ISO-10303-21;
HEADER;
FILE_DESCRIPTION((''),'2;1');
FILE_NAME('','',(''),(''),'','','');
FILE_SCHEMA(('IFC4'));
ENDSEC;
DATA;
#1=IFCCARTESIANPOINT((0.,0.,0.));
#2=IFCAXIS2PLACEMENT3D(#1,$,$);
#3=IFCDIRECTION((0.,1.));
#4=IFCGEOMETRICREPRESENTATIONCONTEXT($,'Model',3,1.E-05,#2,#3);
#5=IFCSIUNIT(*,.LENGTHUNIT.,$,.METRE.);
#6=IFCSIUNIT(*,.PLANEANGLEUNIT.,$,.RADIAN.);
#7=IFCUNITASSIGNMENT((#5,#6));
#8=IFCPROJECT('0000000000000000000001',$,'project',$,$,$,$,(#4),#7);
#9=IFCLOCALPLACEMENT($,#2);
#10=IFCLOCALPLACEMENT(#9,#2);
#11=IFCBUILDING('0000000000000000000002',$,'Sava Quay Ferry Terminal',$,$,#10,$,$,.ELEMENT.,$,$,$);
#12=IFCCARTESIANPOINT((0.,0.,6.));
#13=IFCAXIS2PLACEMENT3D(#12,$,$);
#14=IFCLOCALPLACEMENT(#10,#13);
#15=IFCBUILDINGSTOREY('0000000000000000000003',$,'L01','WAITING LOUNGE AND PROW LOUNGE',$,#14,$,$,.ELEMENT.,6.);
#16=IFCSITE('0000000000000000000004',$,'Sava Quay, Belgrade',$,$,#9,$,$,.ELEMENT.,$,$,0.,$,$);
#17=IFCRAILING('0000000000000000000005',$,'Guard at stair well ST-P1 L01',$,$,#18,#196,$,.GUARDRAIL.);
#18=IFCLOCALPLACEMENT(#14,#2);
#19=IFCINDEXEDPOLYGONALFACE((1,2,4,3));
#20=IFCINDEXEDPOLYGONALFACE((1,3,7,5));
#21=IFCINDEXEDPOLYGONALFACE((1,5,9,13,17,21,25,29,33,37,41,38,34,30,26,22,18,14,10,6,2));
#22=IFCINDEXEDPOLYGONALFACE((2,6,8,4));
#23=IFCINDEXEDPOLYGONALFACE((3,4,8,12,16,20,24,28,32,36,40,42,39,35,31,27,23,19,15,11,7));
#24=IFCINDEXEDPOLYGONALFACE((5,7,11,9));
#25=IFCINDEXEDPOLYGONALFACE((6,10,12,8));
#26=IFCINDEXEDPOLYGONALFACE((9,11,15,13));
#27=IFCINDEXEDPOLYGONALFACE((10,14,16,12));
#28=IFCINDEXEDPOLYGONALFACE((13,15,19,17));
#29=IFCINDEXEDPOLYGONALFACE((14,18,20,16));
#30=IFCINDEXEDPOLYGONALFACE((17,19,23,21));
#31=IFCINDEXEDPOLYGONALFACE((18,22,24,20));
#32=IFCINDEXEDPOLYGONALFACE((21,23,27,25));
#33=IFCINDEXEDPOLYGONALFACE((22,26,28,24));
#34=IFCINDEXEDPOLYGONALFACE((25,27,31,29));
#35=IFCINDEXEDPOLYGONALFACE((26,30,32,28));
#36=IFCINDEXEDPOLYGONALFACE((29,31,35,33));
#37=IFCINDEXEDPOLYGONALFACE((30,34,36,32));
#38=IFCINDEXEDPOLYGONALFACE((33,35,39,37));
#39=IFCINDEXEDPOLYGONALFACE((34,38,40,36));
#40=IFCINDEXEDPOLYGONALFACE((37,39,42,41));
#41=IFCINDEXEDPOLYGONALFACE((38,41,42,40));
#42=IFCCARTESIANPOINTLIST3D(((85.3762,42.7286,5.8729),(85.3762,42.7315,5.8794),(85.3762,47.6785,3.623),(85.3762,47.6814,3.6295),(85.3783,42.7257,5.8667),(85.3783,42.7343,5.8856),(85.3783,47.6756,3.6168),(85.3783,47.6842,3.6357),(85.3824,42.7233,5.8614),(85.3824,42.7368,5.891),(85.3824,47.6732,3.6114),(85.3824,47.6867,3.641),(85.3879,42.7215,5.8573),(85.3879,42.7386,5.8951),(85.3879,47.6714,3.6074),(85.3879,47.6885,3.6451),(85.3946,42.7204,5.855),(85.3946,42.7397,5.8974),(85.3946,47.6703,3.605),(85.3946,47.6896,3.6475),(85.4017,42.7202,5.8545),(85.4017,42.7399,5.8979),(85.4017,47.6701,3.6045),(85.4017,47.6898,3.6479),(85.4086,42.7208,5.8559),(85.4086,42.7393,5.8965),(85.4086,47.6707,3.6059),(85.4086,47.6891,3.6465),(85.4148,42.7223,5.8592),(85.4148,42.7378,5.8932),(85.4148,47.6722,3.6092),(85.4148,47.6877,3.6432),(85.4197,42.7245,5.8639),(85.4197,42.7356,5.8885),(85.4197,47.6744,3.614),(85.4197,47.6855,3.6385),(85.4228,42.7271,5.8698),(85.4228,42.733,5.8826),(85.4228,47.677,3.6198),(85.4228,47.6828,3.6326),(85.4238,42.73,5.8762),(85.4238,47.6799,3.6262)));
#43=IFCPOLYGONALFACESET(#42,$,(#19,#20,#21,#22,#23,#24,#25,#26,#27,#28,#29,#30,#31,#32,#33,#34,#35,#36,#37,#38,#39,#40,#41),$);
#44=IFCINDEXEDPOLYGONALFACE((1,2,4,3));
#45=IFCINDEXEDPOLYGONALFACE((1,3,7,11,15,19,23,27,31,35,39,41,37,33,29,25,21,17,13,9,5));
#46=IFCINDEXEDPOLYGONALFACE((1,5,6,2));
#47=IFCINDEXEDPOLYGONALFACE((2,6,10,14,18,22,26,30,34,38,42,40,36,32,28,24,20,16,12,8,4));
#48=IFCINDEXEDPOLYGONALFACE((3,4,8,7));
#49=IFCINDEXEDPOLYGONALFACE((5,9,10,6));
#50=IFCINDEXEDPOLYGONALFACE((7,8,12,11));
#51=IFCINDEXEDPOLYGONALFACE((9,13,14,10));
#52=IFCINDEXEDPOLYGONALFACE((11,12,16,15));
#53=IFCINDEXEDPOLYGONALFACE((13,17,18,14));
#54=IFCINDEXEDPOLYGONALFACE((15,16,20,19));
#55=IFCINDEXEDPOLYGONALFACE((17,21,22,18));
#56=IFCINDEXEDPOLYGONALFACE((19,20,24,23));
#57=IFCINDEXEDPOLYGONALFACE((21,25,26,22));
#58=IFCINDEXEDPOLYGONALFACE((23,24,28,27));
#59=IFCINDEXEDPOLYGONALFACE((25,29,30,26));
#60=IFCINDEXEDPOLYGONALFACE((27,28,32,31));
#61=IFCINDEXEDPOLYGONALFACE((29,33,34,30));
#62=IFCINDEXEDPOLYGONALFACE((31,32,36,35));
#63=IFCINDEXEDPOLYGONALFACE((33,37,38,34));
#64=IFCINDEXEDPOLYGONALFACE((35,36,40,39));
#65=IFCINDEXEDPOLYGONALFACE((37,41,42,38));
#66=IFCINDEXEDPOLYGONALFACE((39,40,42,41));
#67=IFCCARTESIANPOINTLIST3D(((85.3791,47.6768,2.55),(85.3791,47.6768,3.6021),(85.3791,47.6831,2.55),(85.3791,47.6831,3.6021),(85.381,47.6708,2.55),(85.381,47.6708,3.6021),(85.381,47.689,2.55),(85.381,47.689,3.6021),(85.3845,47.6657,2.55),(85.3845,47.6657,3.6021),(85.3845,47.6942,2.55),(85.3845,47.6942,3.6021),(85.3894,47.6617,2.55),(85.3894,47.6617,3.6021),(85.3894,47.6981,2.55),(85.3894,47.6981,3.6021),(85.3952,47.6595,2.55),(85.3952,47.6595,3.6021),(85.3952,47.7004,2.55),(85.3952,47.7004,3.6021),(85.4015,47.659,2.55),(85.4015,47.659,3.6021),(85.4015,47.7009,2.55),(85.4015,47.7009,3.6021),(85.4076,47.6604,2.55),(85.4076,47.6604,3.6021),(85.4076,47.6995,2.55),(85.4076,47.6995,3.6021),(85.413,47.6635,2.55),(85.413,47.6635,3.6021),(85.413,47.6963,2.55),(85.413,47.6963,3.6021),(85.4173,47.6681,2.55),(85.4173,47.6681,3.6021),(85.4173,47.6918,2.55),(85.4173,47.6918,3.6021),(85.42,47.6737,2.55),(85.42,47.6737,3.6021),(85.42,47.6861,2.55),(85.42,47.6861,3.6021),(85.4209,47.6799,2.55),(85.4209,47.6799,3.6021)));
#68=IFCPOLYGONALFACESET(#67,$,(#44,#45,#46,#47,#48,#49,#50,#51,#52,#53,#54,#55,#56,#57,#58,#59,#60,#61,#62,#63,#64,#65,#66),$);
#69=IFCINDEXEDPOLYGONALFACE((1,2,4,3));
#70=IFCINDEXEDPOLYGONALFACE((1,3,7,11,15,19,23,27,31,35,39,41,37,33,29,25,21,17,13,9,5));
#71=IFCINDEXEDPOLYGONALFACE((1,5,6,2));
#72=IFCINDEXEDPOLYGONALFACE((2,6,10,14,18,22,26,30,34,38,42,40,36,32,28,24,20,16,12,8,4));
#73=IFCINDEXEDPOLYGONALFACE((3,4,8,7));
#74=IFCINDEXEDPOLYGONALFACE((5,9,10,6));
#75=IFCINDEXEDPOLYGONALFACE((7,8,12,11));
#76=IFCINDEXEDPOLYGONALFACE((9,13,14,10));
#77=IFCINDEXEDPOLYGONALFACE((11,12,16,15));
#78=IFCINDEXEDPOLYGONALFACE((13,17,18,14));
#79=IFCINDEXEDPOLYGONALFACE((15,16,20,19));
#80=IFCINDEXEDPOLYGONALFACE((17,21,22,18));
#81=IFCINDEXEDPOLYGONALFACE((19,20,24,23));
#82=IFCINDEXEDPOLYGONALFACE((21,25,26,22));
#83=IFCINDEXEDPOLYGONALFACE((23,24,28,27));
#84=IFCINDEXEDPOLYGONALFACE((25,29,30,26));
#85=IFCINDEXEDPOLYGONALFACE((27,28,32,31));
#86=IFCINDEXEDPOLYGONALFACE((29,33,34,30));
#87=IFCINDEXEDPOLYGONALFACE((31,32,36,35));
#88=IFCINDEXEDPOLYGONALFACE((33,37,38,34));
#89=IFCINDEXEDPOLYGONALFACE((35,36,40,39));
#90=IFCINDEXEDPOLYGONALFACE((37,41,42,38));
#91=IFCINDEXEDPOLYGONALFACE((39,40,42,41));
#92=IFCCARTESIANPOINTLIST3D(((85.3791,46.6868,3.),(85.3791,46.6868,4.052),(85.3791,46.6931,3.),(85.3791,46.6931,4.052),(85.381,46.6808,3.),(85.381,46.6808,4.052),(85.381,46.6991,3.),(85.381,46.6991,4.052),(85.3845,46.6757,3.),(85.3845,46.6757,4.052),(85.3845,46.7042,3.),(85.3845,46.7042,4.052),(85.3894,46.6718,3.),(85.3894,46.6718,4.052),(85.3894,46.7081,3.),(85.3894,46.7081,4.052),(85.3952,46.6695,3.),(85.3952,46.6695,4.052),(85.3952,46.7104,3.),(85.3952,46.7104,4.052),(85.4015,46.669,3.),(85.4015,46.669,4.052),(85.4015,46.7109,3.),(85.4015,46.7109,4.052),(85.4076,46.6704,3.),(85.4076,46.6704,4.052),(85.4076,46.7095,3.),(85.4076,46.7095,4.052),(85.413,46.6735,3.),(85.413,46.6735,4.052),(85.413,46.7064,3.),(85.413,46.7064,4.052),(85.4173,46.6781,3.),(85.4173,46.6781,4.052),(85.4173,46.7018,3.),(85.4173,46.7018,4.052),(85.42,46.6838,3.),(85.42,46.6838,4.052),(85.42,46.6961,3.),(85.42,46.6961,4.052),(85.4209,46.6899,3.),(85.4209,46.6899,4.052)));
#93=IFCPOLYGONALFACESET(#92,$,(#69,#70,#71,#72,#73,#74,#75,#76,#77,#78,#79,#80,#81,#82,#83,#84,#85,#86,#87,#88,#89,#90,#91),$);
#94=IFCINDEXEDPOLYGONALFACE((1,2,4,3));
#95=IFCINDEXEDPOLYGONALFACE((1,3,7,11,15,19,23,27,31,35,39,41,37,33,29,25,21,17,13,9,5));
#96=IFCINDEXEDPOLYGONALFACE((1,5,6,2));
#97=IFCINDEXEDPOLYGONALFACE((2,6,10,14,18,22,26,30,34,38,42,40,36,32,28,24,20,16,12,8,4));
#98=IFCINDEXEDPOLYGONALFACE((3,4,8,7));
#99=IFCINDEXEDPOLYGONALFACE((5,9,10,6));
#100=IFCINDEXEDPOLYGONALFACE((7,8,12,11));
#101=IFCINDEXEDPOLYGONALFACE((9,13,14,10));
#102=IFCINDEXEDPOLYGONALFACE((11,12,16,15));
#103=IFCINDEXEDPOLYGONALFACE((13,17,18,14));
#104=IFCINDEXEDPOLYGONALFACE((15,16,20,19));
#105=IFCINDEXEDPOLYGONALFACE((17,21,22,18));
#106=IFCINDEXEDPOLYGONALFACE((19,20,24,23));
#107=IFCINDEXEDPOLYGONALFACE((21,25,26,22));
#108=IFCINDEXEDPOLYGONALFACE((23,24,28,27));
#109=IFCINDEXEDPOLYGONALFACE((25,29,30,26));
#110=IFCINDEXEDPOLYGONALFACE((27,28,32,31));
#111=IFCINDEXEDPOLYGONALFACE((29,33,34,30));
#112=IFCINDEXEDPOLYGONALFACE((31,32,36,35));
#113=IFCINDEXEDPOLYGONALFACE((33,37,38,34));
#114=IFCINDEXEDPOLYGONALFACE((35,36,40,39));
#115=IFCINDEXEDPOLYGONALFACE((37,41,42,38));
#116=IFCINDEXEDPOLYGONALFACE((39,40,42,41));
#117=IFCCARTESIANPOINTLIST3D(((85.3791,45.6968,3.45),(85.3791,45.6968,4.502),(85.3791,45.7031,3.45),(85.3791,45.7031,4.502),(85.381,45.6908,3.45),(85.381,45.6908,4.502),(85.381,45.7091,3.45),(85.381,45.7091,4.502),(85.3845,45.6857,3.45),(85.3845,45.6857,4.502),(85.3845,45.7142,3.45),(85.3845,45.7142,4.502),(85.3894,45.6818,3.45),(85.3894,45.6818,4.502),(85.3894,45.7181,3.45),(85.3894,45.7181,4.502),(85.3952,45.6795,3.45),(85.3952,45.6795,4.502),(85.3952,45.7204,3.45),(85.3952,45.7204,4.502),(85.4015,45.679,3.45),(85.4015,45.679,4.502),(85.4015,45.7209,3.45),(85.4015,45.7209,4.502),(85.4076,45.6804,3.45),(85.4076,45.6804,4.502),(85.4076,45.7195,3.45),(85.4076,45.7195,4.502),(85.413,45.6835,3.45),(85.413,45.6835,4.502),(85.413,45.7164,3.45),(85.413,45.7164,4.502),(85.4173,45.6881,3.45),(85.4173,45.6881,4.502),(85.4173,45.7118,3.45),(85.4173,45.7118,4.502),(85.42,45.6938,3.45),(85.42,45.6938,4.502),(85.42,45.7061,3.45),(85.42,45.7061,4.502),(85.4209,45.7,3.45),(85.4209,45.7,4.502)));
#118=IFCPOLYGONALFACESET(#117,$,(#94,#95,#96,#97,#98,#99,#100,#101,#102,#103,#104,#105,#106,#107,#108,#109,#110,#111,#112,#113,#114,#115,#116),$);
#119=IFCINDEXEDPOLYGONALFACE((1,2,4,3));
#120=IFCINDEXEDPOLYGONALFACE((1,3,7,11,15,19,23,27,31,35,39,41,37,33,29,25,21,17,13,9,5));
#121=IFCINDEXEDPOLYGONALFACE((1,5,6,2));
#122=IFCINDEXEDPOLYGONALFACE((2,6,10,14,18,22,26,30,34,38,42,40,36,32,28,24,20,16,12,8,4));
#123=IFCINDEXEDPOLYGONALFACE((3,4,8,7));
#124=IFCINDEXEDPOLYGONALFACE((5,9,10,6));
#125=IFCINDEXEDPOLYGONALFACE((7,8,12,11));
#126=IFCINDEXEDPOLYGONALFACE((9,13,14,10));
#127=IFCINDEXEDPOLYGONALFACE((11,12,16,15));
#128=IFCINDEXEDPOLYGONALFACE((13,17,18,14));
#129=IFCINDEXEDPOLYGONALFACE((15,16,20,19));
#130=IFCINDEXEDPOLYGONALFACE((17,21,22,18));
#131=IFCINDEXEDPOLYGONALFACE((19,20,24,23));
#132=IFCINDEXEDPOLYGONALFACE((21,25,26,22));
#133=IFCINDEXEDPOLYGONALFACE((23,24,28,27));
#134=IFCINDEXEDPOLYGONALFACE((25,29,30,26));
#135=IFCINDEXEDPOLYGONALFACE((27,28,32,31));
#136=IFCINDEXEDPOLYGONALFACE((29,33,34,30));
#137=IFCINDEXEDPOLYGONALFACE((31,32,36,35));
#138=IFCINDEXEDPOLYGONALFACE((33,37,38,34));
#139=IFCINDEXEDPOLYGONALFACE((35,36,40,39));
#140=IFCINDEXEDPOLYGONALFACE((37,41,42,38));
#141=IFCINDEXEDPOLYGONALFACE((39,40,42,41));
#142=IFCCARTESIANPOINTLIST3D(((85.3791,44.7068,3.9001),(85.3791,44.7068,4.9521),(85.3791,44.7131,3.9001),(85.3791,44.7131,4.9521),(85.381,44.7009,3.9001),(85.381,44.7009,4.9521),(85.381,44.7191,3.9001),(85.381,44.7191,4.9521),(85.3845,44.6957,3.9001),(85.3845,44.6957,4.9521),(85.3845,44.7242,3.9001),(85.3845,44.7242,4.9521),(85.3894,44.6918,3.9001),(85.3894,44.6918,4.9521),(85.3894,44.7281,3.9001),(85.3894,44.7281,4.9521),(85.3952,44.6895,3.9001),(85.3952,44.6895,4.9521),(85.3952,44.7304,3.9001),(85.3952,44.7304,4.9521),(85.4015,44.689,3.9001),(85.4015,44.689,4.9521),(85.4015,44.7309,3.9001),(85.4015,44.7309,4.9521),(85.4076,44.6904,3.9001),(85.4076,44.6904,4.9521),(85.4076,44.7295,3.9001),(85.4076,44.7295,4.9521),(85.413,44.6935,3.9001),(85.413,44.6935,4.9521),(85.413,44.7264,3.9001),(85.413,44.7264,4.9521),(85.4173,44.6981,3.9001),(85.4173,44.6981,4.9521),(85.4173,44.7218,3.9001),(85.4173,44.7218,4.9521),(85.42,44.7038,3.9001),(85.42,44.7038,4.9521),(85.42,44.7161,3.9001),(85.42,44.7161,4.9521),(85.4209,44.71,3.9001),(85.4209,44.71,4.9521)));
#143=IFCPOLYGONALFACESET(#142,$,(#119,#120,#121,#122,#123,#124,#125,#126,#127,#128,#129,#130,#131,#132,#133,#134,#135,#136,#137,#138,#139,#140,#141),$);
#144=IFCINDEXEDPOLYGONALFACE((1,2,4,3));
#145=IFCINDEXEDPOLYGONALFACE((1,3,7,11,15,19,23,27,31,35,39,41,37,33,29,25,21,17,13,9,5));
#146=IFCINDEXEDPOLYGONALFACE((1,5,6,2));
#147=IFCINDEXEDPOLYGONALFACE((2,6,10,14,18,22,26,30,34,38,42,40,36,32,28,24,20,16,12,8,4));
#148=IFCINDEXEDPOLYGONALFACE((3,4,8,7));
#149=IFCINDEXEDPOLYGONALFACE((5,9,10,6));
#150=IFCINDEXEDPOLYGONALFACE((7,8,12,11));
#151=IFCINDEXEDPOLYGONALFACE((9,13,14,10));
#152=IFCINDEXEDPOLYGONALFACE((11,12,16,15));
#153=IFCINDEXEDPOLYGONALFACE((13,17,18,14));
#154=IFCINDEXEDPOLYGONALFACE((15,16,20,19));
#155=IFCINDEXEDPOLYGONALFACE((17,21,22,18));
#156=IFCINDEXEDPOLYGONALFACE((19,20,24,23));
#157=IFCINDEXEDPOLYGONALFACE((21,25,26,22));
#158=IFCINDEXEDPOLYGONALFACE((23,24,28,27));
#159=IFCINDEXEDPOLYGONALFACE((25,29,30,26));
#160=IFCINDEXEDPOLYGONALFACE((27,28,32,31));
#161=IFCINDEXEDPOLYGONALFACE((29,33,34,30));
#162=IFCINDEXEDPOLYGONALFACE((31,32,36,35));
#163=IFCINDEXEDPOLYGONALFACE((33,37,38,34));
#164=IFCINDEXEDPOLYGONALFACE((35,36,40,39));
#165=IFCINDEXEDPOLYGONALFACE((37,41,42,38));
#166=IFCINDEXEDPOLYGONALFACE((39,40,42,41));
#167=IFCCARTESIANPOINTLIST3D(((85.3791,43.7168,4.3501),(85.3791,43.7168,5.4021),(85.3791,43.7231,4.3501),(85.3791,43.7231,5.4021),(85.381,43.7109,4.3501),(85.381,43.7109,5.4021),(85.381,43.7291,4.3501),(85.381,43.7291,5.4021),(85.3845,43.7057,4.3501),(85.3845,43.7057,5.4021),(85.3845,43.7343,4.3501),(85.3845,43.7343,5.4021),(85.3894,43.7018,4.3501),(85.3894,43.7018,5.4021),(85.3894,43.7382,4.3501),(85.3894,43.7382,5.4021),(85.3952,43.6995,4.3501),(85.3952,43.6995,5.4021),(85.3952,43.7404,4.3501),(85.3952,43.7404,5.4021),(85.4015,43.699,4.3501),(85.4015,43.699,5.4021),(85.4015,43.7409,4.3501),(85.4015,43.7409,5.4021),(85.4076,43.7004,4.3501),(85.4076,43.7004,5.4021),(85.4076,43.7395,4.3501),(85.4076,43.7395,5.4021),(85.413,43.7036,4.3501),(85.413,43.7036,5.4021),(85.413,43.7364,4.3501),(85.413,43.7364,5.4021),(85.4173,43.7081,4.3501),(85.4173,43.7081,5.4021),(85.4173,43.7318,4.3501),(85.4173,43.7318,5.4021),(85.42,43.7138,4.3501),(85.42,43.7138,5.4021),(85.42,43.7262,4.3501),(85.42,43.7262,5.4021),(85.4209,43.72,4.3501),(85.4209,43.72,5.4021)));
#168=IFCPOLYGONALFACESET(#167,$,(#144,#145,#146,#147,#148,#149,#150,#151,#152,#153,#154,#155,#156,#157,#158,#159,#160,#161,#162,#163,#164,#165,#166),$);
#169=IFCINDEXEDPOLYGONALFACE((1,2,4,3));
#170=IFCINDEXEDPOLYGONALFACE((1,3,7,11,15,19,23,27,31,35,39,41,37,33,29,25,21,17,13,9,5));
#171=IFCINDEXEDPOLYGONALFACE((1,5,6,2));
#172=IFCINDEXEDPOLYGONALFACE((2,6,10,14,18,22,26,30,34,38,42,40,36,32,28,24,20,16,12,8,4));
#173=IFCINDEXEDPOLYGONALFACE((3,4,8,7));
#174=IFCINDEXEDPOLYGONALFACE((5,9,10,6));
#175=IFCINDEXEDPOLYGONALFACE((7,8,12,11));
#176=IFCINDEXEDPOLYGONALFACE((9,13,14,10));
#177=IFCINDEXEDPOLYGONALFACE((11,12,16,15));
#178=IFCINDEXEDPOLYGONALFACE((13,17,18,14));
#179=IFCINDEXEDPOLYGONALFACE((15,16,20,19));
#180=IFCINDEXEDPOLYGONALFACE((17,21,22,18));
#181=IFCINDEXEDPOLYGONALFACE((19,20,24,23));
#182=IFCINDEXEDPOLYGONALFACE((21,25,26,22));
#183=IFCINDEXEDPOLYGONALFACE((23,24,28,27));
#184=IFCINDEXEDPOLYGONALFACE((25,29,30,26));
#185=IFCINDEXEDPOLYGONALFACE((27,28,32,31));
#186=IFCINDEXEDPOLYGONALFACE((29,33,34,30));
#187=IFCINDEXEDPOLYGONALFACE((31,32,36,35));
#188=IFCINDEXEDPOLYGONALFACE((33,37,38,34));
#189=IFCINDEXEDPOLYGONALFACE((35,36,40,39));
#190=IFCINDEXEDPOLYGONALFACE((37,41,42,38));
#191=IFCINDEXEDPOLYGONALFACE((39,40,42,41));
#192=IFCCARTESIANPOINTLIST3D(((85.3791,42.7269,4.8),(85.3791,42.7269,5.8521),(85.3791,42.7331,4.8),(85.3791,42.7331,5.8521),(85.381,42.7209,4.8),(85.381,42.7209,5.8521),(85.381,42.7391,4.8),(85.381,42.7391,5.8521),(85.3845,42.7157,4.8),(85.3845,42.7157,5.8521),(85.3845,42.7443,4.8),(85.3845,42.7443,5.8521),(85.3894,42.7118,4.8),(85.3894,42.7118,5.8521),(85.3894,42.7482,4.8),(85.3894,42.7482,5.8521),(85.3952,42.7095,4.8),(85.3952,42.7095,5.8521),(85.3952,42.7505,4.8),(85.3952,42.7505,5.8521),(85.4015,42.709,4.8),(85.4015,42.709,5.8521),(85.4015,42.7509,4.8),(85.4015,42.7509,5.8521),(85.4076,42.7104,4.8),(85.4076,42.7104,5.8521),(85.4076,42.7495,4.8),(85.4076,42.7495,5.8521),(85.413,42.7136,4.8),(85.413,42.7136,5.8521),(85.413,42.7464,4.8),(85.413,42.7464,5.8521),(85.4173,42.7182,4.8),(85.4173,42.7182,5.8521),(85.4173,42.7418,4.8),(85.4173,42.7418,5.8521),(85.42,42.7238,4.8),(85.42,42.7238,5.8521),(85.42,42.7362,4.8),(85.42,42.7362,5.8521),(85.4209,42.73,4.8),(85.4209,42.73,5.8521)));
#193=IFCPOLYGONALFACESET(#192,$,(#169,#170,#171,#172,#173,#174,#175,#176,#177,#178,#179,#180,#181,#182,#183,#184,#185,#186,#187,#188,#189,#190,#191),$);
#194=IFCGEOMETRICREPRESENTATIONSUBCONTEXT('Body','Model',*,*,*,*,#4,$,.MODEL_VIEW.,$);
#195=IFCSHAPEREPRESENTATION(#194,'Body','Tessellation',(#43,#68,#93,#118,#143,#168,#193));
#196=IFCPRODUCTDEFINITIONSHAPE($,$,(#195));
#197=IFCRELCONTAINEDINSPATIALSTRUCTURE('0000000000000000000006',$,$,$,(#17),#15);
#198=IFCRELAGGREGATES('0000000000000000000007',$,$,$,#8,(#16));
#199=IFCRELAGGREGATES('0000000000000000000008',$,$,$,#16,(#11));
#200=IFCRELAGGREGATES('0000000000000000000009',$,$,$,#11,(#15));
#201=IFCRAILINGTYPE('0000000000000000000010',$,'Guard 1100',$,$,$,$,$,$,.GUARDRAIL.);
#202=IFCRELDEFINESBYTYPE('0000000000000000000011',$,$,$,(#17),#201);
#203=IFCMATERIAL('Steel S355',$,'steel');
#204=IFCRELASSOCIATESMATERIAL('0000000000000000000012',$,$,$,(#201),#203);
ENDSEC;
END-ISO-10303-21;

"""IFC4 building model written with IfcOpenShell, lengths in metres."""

from ifc_helpers import new_model, si_unit, direction, frame, origin, origin_2d, place, context, subcontext, project, spatial, circle, extrude, material, type_object, element, save


model = new_model("IFC4")

# Units and contexts
model_context = context("Model", 3, precision=1e-05, world=origin(), true_north=direction((0.0, 1.0)))
body_context = subcontext(model_context, "Body", "Model", "MODEL_VIEW")
ifc_project = project(units=[si_unit("LENGTHUNIT", "METRE"), si_unit("PLANEANGLEUNIT", "RADIAN")], contexts=[model_context])

# Site, building, storey
site_placement = place(None, origin())
site = spatial("IfcSite", under=ifc_project, at=site_placement, Name="Sava Quay, Belgrade", CompositionType="ELEMENT", RefElevation=0.0)
building_placement = place(site_placement, origin())
building = spatial("IfcBuilding", under=site, at=building_placement, Name="Sava Quay Ferry Terminal", CompositionType="ELEMENT")
storey_placement = place(building_placement, frame((0.0, 0.0, 6.0)))
storey = spatial("IfcBuildingStorey", under=building, at=storey_placement, Name="L01", Description="WAITING LOUNGE AND PROW LOUNGE", CompositionType="ELEMENT", Elevation=6.0)

# Railing
ifc_material_1 = material(Name="Steel S355", Category="steel")
railing_type_1 = type_object("IfcRailingType", Name="Guard 1100", PredefinedType="GUARDRAIL", material=ifc_material_1)
railing_1_placement = place(storey_placement, frame((85.3999, 47.6799, 2.55)))
element("IfcRailing", 1, at=railing_1_placement, inside=storey, type_object=railing_type_1, Name="Guard at stair well ST-P1 L01", PredefinedType="GUARDRAIL", context=body_context, shape_type="SweptSolid", body=[
    extrude(circle(Radius=0.0239, at=origin_2d()), frame((0.0, 0.0, 1.0762), z_axis=(0.0, -0.910365, 0.413806), x_axis=(1.0, 0.0, 0.0)), (0.0, 0.0, 1.0), 5.4373),
    extrude(circle(Radius=0.021, at=origin_2d()), origin(), (0.0, 0.0, 1.0), 1.052),
    extrude(circle(Radius=0.021, at=origin_2d()), frame((0.0, -0.99, 0.45)), (0.0, 0.0, 1.0), 1.052),
    extrude(circle(Radius=0.021, at=origin_2d()), frame((0.0, -1.98, 0.8999)), (0.0, 0.0, 1.0), 1.052),
    extrude(circle(Radius=0.021, at=origin_2d()), frame((0.0, -2.97, 1.3501)), (0.0, 0.0, 1.0), 1.052),
    extrude(circle(Radius=0.021, at=origin_2d()), frame((0.0, -3.96, 1.8)), (0.0, 0.0, 1.0), 1.052),
    extrude(circle(Radius=0.021, at=origin_2d()), frame((0.0, -4.95, 2.25)), (0.0, 0.0, 1.0), 1.052),
])

save(model, "model.ifc")
